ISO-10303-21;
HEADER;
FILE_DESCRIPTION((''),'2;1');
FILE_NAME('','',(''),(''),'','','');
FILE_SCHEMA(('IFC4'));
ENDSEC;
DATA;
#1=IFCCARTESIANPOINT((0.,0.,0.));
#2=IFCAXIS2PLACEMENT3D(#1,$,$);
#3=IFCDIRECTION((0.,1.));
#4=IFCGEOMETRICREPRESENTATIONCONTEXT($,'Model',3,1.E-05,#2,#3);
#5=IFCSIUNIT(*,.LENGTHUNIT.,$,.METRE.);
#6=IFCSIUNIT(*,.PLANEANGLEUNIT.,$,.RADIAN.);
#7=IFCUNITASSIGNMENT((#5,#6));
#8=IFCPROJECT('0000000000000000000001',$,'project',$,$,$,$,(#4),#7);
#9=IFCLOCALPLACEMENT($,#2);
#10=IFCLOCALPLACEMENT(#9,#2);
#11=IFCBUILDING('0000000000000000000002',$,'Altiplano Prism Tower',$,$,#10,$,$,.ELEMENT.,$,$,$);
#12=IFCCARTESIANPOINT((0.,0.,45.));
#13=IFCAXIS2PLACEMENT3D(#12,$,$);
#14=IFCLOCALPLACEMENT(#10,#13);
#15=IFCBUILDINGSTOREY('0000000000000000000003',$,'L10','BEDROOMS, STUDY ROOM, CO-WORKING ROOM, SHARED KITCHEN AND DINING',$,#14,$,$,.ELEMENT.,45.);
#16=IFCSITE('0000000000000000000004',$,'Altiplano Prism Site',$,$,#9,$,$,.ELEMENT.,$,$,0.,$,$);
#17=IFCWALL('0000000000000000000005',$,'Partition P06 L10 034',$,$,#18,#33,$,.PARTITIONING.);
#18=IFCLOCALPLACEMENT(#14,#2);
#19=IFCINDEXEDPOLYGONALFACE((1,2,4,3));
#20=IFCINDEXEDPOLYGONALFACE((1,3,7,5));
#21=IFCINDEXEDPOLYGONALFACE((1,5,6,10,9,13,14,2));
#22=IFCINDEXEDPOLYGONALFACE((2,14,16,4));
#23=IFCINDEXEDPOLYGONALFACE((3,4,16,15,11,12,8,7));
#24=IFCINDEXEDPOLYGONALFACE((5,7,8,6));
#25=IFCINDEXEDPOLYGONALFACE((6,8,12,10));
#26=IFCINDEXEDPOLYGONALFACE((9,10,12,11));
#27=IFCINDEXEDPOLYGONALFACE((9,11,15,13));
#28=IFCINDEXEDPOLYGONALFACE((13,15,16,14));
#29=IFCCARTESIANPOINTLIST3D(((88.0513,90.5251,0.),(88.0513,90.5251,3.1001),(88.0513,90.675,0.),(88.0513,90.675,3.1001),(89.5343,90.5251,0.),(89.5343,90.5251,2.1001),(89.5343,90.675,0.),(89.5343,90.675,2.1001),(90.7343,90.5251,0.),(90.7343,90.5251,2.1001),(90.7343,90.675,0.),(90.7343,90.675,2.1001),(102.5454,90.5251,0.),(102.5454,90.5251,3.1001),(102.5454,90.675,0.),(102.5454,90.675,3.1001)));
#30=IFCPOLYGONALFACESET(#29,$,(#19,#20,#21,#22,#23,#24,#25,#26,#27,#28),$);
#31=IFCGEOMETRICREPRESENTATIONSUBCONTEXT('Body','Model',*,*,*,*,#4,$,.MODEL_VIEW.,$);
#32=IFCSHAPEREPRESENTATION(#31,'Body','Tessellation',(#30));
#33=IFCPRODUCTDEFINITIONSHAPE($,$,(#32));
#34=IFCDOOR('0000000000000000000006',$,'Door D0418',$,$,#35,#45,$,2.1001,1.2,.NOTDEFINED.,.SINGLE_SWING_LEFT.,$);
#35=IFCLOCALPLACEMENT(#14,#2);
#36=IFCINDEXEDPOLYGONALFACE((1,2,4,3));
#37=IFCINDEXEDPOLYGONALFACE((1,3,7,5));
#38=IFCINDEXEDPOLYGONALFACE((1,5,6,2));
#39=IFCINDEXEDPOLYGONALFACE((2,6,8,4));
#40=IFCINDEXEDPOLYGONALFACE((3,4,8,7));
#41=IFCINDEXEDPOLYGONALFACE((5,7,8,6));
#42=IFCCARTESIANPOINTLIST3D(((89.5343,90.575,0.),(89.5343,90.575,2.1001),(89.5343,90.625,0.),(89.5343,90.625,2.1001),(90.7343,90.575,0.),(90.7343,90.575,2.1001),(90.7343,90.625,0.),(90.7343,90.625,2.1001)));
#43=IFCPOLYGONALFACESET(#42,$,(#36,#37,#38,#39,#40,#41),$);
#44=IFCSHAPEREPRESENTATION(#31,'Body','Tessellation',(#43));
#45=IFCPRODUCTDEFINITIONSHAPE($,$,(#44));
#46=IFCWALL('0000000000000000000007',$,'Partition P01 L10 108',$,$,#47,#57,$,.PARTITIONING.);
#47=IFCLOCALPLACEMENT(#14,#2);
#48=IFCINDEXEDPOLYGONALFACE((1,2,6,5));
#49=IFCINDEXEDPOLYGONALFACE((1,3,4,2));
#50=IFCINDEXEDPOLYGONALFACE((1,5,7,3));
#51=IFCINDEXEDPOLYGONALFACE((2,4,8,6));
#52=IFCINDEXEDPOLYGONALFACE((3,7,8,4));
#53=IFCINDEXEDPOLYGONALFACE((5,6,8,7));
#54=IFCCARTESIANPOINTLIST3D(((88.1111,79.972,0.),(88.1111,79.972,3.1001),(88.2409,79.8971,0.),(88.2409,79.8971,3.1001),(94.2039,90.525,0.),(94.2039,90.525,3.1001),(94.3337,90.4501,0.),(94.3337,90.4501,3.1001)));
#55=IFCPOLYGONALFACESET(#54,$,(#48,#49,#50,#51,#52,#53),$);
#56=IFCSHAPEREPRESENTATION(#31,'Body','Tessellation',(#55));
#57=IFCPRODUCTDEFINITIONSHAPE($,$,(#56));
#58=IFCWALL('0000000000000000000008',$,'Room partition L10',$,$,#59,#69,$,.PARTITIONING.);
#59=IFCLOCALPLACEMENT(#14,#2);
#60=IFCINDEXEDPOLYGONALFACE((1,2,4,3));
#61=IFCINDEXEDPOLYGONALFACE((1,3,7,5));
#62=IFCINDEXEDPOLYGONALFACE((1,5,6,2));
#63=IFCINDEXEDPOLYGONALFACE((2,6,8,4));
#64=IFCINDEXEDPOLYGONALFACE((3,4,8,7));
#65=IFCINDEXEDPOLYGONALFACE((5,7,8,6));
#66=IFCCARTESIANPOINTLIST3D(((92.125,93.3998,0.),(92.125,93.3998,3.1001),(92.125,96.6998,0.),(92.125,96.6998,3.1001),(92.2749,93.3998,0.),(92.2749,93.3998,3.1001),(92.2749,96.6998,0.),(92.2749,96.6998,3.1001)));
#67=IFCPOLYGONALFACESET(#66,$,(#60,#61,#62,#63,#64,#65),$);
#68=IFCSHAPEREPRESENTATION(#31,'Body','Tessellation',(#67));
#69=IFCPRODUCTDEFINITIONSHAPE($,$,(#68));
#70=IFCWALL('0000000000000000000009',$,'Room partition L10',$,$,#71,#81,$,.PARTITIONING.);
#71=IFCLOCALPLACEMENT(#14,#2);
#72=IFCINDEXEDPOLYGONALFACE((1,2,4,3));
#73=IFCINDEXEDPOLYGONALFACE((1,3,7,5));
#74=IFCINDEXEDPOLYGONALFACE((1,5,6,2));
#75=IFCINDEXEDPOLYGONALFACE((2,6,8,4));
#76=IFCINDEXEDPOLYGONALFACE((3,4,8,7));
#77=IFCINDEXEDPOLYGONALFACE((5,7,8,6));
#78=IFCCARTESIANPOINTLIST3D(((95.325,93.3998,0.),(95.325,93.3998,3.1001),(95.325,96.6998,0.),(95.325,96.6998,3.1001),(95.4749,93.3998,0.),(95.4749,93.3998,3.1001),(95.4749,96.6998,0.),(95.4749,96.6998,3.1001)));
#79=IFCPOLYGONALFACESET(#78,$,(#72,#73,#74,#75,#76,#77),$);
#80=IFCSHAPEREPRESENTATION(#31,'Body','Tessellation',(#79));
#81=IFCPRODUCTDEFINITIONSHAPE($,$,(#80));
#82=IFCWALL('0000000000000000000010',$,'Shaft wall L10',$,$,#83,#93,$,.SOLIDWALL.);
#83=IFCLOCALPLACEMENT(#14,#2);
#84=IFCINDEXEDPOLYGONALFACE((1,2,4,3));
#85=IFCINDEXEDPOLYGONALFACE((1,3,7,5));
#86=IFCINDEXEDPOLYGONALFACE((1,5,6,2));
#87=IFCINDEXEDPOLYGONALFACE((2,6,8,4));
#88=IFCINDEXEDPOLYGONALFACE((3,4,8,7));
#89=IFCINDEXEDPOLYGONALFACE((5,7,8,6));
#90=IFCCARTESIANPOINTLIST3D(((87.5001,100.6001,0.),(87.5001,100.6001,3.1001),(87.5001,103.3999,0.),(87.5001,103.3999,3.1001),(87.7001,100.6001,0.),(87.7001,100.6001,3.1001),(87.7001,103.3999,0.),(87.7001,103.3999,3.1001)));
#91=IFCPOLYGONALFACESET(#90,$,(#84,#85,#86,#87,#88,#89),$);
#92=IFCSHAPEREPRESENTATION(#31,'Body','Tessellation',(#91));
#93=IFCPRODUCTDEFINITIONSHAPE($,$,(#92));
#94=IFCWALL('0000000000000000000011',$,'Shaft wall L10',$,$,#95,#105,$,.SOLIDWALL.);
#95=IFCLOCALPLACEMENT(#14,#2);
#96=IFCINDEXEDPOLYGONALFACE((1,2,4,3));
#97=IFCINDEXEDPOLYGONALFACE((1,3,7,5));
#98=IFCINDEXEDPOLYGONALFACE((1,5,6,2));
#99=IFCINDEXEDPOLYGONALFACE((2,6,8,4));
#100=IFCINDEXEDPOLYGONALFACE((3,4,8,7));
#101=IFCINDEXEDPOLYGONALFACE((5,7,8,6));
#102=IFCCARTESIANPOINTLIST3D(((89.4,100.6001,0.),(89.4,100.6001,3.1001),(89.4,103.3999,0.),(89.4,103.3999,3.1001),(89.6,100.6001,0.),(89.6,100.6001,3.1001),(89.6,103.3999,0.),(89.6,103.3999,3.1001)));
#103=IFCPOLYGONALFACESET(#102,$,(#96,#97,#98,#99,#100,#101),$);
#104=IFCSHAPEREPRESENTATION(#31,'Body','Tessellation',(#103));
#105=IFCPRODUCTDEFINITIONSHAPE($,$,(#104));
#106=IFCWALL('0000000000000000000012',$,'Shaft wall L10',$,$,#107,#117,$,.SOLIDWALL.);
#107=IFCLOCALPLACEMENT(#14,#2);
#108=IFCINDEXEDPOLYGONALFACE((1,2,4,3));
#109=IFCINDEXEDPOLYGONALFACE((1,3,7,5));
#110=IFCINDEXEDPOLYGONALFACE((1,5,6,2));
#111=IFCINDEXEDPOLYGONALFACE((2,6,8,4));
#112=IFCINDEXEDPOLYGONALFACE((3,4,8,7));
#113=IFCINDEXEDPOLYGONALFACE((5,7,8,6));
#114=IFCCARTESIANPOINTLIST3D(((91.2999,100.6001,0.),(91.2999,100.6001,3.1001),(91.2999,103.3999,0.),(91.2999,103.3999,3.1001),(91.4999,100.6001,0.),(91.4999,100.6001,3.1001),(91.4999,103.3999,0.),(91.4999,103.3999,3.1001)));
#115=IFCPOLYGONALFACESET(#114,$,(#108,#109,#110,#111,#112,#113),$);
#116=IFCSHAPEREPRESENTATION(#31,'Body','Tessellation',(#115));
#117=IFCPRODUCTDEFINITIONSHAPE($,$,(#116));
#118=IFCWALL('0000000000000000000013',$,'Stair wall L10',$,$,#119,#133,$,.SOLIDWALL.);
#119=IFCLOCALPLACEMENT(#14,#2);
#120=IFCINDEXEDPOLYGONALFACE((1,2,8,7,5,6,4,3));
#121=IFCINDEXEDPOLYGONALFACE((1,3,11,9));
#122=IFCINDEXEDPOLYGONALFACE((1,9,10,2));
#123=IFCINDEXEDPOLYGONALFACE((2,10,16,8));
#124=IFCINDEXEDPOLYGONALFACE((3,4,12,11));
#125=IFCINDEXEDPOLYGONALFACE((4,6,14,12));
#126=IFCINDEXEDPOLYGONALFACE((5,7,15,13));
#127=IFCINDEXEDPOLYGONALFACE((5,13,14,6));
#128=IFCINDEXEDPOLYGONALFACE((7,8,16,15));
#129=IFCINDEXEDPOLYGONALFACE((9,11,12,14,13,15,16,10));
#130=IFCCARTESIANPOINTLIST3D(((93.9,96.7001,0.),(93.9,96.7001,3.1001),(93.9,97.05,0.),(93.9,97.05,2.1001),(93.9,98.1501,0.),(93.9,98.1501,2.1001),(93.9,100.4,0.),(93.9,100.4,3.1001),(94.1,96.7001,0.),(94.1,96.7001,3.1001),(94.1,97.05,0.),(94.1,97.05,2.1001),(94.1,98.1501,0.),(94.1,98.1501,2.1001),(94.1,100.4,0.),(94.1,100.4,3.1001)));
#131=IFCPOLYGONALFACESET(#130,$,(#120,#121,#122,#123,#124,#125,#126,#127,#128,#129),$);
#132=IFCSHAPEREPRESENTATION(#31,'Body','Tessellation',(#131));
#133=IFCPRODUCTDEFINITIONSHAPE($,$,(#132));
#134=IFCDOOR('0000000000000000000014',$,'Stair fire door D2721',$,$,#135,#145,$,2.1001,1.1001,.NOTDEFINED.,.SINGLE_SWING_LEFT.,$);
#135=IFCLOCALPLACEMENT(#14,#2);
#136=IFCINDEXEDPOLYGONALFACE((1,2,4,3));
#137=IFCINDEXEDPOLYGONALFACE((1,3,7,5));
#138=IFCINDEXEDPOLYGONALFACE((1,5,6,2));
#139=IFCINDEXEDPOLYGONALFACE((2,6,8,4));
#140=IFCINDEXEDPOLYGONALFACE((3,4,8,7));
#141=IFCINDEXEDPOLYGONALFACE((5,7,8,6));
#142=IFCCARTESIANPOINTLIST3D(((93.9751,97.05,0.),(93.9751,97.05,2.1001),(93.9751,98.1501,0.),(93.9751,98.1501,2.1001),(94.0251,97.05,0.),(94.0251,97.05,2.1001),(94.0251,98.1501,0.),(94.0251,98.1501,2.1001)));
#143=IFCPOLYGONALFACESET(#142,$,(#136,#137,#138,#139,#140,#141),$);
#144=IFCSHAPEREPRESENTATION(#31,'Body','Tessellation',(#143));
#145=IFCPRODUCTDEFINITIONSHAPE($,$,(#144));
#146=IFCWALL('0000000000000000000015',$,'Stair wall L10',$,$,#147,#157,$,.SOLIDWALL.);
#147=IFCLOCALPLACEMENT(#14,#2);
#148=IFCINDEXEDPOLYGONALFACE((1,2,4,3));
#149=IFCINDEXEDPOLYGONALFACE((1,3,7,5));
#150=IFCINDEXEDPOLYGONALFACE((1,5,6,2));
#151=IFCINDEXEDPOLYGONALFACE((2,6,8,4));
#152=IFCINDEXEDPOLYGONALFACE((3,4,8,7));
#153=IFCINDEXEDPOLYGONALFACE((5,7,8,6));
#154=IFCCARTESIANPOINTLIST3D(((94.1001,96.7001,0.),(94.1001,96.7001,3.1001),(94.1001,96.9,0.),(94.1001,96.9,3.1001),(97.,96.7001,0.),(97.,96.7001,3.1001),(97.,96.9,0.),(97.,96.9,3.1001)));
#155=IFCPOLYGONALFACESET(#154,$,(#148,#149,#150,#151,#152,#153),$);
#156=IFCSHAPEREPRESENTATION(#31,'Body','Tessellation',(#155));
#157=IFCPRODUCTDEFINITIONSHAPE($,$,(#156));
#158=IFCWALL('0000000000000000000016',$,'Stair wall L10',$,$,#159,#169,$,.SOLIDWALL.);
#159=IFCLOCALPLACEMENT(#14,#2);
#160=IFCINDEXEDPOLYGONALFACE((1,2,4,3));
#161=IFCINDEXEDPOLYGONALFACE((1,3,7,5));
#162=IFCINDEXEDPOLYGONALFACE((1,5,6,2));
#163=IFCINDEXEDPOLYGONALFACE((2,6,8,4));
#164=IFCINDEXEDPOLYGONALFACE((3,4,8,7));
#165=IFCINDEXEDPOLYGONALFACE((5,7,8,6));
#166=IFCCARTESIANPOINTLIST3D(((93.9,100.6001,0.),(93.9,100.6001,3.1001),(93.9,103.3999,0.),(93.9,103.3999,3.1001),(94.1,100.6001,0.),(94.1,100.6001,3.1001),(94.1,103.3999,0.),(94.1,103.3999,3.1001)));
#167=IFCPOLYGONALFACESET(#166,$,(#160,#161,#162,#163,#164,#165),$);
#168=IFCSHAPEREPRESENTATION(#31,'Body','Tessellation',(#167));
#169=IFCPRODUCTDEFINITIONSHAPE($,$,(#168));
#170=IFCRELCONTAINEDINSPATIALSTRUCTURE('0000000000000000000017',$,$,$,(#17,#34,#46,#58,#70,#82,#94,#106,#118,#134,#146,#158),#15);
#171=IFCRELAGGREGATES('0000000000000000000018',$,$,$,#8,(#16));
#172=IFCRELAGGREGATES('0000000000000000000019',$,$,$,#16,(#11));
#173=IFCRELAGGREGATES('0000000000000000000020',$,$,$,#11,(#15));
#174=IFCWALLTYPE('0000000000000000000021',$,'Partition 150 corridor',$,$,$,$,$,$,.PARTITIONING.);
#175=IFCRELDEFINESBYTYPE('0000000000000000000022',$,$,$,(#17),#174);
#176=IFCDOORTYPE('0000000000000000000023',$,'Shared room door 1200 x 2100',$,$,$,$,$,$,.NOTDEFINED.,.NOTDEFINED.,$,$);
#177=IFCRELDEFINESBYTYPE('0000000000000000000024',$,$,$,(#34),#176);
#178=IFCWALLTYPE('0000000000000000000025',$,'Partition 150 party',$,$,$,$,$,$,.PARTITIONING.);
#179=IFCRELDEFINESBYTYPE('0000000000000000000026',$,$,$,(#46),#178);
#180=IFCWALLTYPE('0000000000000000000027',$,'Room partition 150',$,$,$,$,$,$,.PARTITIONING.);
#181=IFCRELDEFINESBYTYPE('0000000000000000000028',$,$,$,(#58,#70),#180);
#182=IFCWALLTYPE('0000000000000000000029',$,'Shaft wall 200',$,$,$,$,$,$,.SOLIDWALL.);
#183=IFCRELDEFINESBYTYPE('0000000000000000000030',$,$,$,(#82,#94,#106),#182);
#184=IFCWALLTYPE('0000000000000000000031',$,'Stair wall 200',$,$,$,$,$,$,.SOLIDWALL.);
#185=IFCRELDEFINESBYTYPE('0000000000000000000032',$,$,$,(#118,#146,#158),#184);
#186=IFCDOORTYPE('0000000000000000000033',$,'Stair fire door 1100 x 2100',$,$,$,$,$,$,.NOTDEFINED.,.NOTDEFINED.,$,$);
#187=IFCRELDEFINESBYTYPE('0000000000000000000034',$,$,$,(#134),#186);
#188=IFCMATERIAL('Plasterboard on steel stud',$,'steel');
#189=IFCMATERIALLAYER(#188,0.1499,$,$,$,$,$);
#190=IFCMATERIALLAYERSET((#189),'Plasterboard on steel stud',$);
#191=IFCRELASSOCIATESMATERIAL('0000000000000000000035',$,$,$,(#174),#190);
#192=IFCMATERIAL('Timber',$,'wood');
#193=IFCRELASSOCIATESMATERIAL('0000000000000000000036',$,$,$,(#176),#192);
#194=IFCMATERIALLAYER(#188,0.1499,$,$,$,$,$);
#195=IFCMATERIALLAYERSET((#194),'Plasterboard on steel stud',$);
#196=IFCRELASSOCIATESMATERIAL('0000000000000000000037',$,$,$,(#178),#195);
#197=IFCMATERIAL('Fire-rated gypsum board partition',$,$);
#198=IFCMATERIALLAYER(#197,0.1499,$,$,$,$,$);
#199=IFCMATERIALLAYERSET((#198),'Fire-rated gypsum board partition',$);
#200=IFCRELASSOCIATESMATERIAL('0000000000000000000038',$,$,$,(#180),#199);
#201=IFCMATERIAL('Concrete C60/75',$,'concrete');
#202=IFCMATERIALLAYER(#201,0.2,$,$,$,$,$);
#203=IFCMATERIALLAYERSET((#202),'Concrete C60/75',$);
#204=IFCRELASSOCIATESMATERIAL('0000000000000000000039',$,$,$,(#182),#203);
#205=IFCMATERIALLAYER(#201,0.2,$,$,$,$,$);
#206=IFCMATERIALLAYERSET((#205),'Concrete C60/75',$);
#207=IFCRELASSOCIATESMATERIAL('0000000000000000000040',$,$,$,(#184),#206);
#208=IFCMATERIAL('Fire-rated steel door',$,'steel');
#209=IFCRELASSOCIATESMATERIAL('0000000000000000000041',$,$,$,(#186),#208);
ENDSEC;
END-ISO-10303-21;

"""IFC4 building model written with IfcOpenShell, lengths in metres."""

from ifc_helpers import new_model, si_unit, direction, frame, frame_2d, origin, place, context, subcontext, project, spatial, rectangle, extrude, material, layer, layer_set, type_object, element, fill, save


model = new_model("IFC4")

# Units and contexts
model_context = context("Model", 3, precision=1e-05, world=origin(), true_north=direction((0.0, 1.0)))
body_context = subcontext(model_context, "Body", "Model", "MODEL_VIEW")
ifc_project = project(units=[si_unit("LENGTHUNIT", "METRE"), si_unit("PLANEANGLEUNIT", "RADIAN")], contexts=[model_context])

# Site, building, storey
site_placement = place(None, origin())
site = spatial("IfcSite", under=ifc_project, at=site_placement, Name="Altiplano Prism Site", CompositionType="ELEMENT", RefElevation=0.0)
building_placement = place(site_placement, origin())
building = spatial("IfcBuilding", under=site, at=building_placement, Name="Altiplano Prism Tower", CompositionType="ELEMENT")
storey_placement = place(building_placement, frame((0.0, 0.0, 45.0)))
storey = spatial("IfcBuildingStorey", under=building, at=storey_placement, Name="L10", Description="BEDROOMS, STUDY ROOM, CO-WORKING ROOM, SHARED KITCHEN AND DINING", CompositionType="ELEMENT", Elevation=45.0)

# Wall, opening, door
ifc_material_1 = material(Name="Plasterboard on steel stud", Category="steel")
ifc_layer_1 = layer(ifc_material_1, 0.1499)
ifc_layer_set_1 = layer_set([ifc_layer_1], Name="Plasterboard on steel stud")
wall_type_1 = type_object("IfcWallType", Name="Partition 150 corridor", PredefinedType="PARTITIONING", material=ifc_layer_set_1)
wall_1_placement = place(storey_placement, frame((88.0513, 90.6001, 0.0), z_axis=(0.0, 0.0, 1.0), x_axis=(1.0, 0.0, 0.0)))
wall_1 = element("IfcWall", 1, at=wall_1_placement, inside=storey, type_object=wall_type_1, Name="Partition P06 L10 034", PredefinedType="PARTITIONING", context=body_context, shape_type="SweptSolid", body=[
    extrude(rectangle(XDim=14.4941, YDim=0.1499, at=frame_2d((7.2471, 0.0))), origin(), (0.0, 0.0, 1.0), 3.1001),
])
opening_1_placement = place(wall_1_placement, frame((1.4829, 0.0, 0.0)))
opening_1 = element("IfcOpeningElement", 2, at=opening_1_placement, cuts=wall_1, PredefinedType="OPENING", context=body_context, shape_type="SweptSolid", body=[
    extrude(rectangle(XDim=1.2, YDim=2.1001, at=frame_2d((0.6001, 1.05))), frame((0.0, 0.0854, 0.0), z_axis=(0.0, -1.0, 0.0), x_axis=(1.0, 0.0, 0.0)), (0.0, 0.0, 1.0), 0.1709),
])
ifc_material_2 = material(Name="Timber", Category="wood")
door_type_1 = type_object("IfcDoorType", Name="Shared room door 1200 x 2100", OperationType="NOTDEFINED", PredefinedType="NOTDEFINED", material=ifc_material_2)
door_1_placement = place(opening_1_placement, origin())
door_1 = element("IfcDoor", 3, at=door_1_placement, inside=storey, type_object=door_type_1, Name="Door D0418", OperationType="SINGLE_SWING_LEFT", OverallHeight=2.1001, OverallWidth=1.2, PredefinedType="NOTDEFINED", context=body_context, shape_type="SweptSolid", body=[
    extrude(rectangle(XDim=1.2, YDim=2.1001, at=frame_2d((0.6001, 1.05))), frame((0.0, 0.0249, 0.0), z_axis=(0.0, -1.0, 0.0), x_axis=(1.0, 0.0, 0.0)), (0.0, 0.0, 1.0), 0.05),
])
fill(opening_1, door_1)

# Walls
ifc_layer_2 = layer(ifc_material_1, 0.1499)
ifc_layer_set_2 = layer_set([ifc_layer_2], Name="Plasterboard on steel stud")
wall_type_2 = type_object("IfcWallType", Name="Partition 150 party", PredefinedType="PARTITIONING", material=ifc_layer_set_2)
wall_2_placement = place(storey_placement, frame((94.2688, 90.4875, 0.0), z_axis=(0.0, 0.0, 1.0), x_axis=(-0.500001, -0.866025, 0.0)))
element("IfcWall", 4, at=wall_2_placement, inside=storey, type_object=wall_type_2, Name="Partition P01 L10 108", PredefinedType="PARTITIONING", context=body_context, shape_type="SweptSolid", body=[
    extrude(rectangle(XDim=12.1855, YDim=0.1499, at=frame_2d((6.0928, 0.0))), origin(), (0.0, 0.0, 1.0), 3.1001),
])
ifc_material_3 = material(Name="Fire-rated gypsum board partition")
ifc_layer_3 = layer(ifc_material_3, 0.1499)
ifc_layer_set_3 = layer_set([ifc_layer_3], Name="Fire-rated gypsum board partition")
wall_type_3 = type_object("IfcWallType", Name="Room partition 150", PredefinedType="PARTITIONING", material=ifc_layer_set_3)
for number, where, z_axis, x_axis, name in (
    (5, (92.2, 93.3999, 0.0), (0.0, 0.0, 1.0), (0.0, 1.0, 0.0), "Room partition L10"),
    (6, (95.3999, 93.3999, 0.0), (0.0, 0.0, 1.0), (0.0, 1.0, 0.0), "Room partition L10"),
):
    element("IfcWall", number, at=place(storey_placement, frame(where, z_axis=z_axis, x_axis=x_axis)), inside=storey, type_object=wall_type_3, Name=name, PredefinedType="PARTITIONING", context=body_context, shape_type="SweptSolid", body=[
        extrude(rectangle(XDim=3.3, YDim=0.1499, at=frame_2d((1.6499, 0.0))), origin(), (0.0, 0.0, 1.0), 3.1001),
    ])
ifc_material_4 = material(Name="Concrete C60/75", Category="concrete")
ifc_layer_4 = layer(ifc_material_4, 0.2)
ifc_layer_set_4 = layer_set([ifc_layer_4], Name="Concrete C60/75")
wall_type_4 = type_object("IfcWallType", Name="Shaft wall 200", PredefinedType="SOLIDWALL", material=ifc_layer_set_4)
for number, where, z_axis, x_axis, name in (
    (7, (87.6001, 100.6001, 0.0), (0.0, 0.0, 1.0), (0.0, 1.0, 0.0), "Shaft wall L10"),
    (8, (89.5, 100.6001, 0.0), (0.0, 0.0, 1.0), (0.0, 1.0, 0.0), "Shaft wall L10"),
    (9, (91.3999, 100.6001, 0.0), (0.0, 0.0, 1.0), (0.0, 1.0, 0.0), "Shaft wall L10"),
):
    element("IfcWall", number, at=place(storey_placement, frame(where, z_axis=z_axis, x_axis=x_axis)), inside=storey, type_object=wall_type_4, Name=name, PredefinedType="SOLIDWALL", context=body_context, shape_type="SweptSolid", body=[
        extrude(rectangle(XDim=2.7998, YDim=0.2, at=frame_2d((1.3999, 0.0))), origin(), (0.0, 0.0, 1.0), 3.1001),
    ])

# Wall, opening, door
ifc_layer_5 = layer(ifc_material_4, 0.2)
ifc_layer_set_5 = layer_set([ifc_layer_5], Name="Concrete C60/75")
wall_type_5 = type_object("IfcWallType", Name="Stair wall 200", PredefinedType="SOLIDWALL", material=ifc_layer_set_5)
wall_3_placement = place(storey_placement, frame((94.0, 96.7, 0.0), z_axis=(0.0, 0.0, 1.0), x_axis=(0.0, 1.0, 0.0)))
wall_3 = element("IfcWall", 10, at=wall_3_placement, inside=storey, type_object=wall_type_5, Name="Stair wall L10", PredefinedType="SOLIDWALL", context=body_context, shape_type="SweptSolid", body=[
    extrude(rectangle(XDim=3.7, YDim=0.2, at=frame_2d((1.8501, 0.0))), origin(), (0.0, 0.0, 1.0), 3.1001),
])
opening_2_placement = place(wall_3_placement, frame((0.3501, 0.0, 0.0)))
opening_2 = element("IfcOpeningElement", 11, at=opening_2_placement, cuts=wall_3, PredefinedType="OPENING", context=body_context, shape_type="SweptSolid", body=[
    extrude(rectangle(XDim=1.1001, YDim=2.1001, at=frame_2d((0.55, 1.05))), frame((0.0, 0.1104, 0.0), z_axis=(0.0, -1.0, 0.0), x_axis=(1.0, 0.0, 0.0)), (0.0, 0.0, 1.0), 0.2209),
])
ifc_material_5 = material(Name="Fire-rated steel door", Category="steel")
door_type_2 = type_object("IfcDoorType", Name="Stair fire door 1100 x 2100", OperationType="NOTDEFINED", PredefinedType="NOTDEFINED", material=ifc_material_5)
door_2_placement = place(opening_2_placement, origin())
door_2 = element("IfcDoor", 12, at=door_2_placement, inside=storey, type_object=door_type_2, Name="Stair fire door D2721", OperationType="SINGLE_SWING_LEFT", OverallHeight=2.1001, OverallWidth=1.1001, PredefinedType="NOTDEFINED", context=body_context, shape_type="SweptSolid", body=[
    extrude(rectangle(XDim=1.1001, YDim=2.1001, at=frame_2d((0.55, 1.05))), frame((0.0, 0.0249, 0.0), z_axis=(0.0, -1.0, 0.0), x_axis=(1.0, 0.0, 0.0)), (0.0, 0.0, 1.0), 0.05),
])
fill(opening_2, door_2)

# Walls
wall_4_placement = place(storey_placement, frame((94.1001, 96.8, 0.0), z_axis=(0.0, 0.0, 1.0), x_axis=(1.0, 0.0, 0.0)))
element("IfcWall", 13, at=wall_4_placement, inside=storey, type_object=wall_type_5, Name="Stair wall L10", PredefinedType="SOLIDWALL", context=body_context, shape_type="SweptSolid", body=[
    extrude(rectangle(XDim=2.8999, YDim=0.2, at=frame_2d((1.45, 0.0))), origin(), (0.0, 0.0, 1.0), 3.1001),
])
wall_5_placement = place(storey_placement, frame((94.0, 100.6001, 0.0), z_axis=(0.0, 0.0, 1.0), x_axis=(0.0, 1.0, 0.0)))
element("IfcWall", 14, at=wall_5_placement, inside=storey, type_object=wall_type_5, Name="Stair wall L10", PredefinedType="SOLIDWALL", context=body_context, shape_type="SweptSolid", body=[
    extrude(rectangle(XDim=2.7998, YDim=0.2, at=frame_2d((1.3999, 0.0))), origin(), (0.0, 0.0, 1.0), 3.1001),
])

save(model, "model.ifc")
